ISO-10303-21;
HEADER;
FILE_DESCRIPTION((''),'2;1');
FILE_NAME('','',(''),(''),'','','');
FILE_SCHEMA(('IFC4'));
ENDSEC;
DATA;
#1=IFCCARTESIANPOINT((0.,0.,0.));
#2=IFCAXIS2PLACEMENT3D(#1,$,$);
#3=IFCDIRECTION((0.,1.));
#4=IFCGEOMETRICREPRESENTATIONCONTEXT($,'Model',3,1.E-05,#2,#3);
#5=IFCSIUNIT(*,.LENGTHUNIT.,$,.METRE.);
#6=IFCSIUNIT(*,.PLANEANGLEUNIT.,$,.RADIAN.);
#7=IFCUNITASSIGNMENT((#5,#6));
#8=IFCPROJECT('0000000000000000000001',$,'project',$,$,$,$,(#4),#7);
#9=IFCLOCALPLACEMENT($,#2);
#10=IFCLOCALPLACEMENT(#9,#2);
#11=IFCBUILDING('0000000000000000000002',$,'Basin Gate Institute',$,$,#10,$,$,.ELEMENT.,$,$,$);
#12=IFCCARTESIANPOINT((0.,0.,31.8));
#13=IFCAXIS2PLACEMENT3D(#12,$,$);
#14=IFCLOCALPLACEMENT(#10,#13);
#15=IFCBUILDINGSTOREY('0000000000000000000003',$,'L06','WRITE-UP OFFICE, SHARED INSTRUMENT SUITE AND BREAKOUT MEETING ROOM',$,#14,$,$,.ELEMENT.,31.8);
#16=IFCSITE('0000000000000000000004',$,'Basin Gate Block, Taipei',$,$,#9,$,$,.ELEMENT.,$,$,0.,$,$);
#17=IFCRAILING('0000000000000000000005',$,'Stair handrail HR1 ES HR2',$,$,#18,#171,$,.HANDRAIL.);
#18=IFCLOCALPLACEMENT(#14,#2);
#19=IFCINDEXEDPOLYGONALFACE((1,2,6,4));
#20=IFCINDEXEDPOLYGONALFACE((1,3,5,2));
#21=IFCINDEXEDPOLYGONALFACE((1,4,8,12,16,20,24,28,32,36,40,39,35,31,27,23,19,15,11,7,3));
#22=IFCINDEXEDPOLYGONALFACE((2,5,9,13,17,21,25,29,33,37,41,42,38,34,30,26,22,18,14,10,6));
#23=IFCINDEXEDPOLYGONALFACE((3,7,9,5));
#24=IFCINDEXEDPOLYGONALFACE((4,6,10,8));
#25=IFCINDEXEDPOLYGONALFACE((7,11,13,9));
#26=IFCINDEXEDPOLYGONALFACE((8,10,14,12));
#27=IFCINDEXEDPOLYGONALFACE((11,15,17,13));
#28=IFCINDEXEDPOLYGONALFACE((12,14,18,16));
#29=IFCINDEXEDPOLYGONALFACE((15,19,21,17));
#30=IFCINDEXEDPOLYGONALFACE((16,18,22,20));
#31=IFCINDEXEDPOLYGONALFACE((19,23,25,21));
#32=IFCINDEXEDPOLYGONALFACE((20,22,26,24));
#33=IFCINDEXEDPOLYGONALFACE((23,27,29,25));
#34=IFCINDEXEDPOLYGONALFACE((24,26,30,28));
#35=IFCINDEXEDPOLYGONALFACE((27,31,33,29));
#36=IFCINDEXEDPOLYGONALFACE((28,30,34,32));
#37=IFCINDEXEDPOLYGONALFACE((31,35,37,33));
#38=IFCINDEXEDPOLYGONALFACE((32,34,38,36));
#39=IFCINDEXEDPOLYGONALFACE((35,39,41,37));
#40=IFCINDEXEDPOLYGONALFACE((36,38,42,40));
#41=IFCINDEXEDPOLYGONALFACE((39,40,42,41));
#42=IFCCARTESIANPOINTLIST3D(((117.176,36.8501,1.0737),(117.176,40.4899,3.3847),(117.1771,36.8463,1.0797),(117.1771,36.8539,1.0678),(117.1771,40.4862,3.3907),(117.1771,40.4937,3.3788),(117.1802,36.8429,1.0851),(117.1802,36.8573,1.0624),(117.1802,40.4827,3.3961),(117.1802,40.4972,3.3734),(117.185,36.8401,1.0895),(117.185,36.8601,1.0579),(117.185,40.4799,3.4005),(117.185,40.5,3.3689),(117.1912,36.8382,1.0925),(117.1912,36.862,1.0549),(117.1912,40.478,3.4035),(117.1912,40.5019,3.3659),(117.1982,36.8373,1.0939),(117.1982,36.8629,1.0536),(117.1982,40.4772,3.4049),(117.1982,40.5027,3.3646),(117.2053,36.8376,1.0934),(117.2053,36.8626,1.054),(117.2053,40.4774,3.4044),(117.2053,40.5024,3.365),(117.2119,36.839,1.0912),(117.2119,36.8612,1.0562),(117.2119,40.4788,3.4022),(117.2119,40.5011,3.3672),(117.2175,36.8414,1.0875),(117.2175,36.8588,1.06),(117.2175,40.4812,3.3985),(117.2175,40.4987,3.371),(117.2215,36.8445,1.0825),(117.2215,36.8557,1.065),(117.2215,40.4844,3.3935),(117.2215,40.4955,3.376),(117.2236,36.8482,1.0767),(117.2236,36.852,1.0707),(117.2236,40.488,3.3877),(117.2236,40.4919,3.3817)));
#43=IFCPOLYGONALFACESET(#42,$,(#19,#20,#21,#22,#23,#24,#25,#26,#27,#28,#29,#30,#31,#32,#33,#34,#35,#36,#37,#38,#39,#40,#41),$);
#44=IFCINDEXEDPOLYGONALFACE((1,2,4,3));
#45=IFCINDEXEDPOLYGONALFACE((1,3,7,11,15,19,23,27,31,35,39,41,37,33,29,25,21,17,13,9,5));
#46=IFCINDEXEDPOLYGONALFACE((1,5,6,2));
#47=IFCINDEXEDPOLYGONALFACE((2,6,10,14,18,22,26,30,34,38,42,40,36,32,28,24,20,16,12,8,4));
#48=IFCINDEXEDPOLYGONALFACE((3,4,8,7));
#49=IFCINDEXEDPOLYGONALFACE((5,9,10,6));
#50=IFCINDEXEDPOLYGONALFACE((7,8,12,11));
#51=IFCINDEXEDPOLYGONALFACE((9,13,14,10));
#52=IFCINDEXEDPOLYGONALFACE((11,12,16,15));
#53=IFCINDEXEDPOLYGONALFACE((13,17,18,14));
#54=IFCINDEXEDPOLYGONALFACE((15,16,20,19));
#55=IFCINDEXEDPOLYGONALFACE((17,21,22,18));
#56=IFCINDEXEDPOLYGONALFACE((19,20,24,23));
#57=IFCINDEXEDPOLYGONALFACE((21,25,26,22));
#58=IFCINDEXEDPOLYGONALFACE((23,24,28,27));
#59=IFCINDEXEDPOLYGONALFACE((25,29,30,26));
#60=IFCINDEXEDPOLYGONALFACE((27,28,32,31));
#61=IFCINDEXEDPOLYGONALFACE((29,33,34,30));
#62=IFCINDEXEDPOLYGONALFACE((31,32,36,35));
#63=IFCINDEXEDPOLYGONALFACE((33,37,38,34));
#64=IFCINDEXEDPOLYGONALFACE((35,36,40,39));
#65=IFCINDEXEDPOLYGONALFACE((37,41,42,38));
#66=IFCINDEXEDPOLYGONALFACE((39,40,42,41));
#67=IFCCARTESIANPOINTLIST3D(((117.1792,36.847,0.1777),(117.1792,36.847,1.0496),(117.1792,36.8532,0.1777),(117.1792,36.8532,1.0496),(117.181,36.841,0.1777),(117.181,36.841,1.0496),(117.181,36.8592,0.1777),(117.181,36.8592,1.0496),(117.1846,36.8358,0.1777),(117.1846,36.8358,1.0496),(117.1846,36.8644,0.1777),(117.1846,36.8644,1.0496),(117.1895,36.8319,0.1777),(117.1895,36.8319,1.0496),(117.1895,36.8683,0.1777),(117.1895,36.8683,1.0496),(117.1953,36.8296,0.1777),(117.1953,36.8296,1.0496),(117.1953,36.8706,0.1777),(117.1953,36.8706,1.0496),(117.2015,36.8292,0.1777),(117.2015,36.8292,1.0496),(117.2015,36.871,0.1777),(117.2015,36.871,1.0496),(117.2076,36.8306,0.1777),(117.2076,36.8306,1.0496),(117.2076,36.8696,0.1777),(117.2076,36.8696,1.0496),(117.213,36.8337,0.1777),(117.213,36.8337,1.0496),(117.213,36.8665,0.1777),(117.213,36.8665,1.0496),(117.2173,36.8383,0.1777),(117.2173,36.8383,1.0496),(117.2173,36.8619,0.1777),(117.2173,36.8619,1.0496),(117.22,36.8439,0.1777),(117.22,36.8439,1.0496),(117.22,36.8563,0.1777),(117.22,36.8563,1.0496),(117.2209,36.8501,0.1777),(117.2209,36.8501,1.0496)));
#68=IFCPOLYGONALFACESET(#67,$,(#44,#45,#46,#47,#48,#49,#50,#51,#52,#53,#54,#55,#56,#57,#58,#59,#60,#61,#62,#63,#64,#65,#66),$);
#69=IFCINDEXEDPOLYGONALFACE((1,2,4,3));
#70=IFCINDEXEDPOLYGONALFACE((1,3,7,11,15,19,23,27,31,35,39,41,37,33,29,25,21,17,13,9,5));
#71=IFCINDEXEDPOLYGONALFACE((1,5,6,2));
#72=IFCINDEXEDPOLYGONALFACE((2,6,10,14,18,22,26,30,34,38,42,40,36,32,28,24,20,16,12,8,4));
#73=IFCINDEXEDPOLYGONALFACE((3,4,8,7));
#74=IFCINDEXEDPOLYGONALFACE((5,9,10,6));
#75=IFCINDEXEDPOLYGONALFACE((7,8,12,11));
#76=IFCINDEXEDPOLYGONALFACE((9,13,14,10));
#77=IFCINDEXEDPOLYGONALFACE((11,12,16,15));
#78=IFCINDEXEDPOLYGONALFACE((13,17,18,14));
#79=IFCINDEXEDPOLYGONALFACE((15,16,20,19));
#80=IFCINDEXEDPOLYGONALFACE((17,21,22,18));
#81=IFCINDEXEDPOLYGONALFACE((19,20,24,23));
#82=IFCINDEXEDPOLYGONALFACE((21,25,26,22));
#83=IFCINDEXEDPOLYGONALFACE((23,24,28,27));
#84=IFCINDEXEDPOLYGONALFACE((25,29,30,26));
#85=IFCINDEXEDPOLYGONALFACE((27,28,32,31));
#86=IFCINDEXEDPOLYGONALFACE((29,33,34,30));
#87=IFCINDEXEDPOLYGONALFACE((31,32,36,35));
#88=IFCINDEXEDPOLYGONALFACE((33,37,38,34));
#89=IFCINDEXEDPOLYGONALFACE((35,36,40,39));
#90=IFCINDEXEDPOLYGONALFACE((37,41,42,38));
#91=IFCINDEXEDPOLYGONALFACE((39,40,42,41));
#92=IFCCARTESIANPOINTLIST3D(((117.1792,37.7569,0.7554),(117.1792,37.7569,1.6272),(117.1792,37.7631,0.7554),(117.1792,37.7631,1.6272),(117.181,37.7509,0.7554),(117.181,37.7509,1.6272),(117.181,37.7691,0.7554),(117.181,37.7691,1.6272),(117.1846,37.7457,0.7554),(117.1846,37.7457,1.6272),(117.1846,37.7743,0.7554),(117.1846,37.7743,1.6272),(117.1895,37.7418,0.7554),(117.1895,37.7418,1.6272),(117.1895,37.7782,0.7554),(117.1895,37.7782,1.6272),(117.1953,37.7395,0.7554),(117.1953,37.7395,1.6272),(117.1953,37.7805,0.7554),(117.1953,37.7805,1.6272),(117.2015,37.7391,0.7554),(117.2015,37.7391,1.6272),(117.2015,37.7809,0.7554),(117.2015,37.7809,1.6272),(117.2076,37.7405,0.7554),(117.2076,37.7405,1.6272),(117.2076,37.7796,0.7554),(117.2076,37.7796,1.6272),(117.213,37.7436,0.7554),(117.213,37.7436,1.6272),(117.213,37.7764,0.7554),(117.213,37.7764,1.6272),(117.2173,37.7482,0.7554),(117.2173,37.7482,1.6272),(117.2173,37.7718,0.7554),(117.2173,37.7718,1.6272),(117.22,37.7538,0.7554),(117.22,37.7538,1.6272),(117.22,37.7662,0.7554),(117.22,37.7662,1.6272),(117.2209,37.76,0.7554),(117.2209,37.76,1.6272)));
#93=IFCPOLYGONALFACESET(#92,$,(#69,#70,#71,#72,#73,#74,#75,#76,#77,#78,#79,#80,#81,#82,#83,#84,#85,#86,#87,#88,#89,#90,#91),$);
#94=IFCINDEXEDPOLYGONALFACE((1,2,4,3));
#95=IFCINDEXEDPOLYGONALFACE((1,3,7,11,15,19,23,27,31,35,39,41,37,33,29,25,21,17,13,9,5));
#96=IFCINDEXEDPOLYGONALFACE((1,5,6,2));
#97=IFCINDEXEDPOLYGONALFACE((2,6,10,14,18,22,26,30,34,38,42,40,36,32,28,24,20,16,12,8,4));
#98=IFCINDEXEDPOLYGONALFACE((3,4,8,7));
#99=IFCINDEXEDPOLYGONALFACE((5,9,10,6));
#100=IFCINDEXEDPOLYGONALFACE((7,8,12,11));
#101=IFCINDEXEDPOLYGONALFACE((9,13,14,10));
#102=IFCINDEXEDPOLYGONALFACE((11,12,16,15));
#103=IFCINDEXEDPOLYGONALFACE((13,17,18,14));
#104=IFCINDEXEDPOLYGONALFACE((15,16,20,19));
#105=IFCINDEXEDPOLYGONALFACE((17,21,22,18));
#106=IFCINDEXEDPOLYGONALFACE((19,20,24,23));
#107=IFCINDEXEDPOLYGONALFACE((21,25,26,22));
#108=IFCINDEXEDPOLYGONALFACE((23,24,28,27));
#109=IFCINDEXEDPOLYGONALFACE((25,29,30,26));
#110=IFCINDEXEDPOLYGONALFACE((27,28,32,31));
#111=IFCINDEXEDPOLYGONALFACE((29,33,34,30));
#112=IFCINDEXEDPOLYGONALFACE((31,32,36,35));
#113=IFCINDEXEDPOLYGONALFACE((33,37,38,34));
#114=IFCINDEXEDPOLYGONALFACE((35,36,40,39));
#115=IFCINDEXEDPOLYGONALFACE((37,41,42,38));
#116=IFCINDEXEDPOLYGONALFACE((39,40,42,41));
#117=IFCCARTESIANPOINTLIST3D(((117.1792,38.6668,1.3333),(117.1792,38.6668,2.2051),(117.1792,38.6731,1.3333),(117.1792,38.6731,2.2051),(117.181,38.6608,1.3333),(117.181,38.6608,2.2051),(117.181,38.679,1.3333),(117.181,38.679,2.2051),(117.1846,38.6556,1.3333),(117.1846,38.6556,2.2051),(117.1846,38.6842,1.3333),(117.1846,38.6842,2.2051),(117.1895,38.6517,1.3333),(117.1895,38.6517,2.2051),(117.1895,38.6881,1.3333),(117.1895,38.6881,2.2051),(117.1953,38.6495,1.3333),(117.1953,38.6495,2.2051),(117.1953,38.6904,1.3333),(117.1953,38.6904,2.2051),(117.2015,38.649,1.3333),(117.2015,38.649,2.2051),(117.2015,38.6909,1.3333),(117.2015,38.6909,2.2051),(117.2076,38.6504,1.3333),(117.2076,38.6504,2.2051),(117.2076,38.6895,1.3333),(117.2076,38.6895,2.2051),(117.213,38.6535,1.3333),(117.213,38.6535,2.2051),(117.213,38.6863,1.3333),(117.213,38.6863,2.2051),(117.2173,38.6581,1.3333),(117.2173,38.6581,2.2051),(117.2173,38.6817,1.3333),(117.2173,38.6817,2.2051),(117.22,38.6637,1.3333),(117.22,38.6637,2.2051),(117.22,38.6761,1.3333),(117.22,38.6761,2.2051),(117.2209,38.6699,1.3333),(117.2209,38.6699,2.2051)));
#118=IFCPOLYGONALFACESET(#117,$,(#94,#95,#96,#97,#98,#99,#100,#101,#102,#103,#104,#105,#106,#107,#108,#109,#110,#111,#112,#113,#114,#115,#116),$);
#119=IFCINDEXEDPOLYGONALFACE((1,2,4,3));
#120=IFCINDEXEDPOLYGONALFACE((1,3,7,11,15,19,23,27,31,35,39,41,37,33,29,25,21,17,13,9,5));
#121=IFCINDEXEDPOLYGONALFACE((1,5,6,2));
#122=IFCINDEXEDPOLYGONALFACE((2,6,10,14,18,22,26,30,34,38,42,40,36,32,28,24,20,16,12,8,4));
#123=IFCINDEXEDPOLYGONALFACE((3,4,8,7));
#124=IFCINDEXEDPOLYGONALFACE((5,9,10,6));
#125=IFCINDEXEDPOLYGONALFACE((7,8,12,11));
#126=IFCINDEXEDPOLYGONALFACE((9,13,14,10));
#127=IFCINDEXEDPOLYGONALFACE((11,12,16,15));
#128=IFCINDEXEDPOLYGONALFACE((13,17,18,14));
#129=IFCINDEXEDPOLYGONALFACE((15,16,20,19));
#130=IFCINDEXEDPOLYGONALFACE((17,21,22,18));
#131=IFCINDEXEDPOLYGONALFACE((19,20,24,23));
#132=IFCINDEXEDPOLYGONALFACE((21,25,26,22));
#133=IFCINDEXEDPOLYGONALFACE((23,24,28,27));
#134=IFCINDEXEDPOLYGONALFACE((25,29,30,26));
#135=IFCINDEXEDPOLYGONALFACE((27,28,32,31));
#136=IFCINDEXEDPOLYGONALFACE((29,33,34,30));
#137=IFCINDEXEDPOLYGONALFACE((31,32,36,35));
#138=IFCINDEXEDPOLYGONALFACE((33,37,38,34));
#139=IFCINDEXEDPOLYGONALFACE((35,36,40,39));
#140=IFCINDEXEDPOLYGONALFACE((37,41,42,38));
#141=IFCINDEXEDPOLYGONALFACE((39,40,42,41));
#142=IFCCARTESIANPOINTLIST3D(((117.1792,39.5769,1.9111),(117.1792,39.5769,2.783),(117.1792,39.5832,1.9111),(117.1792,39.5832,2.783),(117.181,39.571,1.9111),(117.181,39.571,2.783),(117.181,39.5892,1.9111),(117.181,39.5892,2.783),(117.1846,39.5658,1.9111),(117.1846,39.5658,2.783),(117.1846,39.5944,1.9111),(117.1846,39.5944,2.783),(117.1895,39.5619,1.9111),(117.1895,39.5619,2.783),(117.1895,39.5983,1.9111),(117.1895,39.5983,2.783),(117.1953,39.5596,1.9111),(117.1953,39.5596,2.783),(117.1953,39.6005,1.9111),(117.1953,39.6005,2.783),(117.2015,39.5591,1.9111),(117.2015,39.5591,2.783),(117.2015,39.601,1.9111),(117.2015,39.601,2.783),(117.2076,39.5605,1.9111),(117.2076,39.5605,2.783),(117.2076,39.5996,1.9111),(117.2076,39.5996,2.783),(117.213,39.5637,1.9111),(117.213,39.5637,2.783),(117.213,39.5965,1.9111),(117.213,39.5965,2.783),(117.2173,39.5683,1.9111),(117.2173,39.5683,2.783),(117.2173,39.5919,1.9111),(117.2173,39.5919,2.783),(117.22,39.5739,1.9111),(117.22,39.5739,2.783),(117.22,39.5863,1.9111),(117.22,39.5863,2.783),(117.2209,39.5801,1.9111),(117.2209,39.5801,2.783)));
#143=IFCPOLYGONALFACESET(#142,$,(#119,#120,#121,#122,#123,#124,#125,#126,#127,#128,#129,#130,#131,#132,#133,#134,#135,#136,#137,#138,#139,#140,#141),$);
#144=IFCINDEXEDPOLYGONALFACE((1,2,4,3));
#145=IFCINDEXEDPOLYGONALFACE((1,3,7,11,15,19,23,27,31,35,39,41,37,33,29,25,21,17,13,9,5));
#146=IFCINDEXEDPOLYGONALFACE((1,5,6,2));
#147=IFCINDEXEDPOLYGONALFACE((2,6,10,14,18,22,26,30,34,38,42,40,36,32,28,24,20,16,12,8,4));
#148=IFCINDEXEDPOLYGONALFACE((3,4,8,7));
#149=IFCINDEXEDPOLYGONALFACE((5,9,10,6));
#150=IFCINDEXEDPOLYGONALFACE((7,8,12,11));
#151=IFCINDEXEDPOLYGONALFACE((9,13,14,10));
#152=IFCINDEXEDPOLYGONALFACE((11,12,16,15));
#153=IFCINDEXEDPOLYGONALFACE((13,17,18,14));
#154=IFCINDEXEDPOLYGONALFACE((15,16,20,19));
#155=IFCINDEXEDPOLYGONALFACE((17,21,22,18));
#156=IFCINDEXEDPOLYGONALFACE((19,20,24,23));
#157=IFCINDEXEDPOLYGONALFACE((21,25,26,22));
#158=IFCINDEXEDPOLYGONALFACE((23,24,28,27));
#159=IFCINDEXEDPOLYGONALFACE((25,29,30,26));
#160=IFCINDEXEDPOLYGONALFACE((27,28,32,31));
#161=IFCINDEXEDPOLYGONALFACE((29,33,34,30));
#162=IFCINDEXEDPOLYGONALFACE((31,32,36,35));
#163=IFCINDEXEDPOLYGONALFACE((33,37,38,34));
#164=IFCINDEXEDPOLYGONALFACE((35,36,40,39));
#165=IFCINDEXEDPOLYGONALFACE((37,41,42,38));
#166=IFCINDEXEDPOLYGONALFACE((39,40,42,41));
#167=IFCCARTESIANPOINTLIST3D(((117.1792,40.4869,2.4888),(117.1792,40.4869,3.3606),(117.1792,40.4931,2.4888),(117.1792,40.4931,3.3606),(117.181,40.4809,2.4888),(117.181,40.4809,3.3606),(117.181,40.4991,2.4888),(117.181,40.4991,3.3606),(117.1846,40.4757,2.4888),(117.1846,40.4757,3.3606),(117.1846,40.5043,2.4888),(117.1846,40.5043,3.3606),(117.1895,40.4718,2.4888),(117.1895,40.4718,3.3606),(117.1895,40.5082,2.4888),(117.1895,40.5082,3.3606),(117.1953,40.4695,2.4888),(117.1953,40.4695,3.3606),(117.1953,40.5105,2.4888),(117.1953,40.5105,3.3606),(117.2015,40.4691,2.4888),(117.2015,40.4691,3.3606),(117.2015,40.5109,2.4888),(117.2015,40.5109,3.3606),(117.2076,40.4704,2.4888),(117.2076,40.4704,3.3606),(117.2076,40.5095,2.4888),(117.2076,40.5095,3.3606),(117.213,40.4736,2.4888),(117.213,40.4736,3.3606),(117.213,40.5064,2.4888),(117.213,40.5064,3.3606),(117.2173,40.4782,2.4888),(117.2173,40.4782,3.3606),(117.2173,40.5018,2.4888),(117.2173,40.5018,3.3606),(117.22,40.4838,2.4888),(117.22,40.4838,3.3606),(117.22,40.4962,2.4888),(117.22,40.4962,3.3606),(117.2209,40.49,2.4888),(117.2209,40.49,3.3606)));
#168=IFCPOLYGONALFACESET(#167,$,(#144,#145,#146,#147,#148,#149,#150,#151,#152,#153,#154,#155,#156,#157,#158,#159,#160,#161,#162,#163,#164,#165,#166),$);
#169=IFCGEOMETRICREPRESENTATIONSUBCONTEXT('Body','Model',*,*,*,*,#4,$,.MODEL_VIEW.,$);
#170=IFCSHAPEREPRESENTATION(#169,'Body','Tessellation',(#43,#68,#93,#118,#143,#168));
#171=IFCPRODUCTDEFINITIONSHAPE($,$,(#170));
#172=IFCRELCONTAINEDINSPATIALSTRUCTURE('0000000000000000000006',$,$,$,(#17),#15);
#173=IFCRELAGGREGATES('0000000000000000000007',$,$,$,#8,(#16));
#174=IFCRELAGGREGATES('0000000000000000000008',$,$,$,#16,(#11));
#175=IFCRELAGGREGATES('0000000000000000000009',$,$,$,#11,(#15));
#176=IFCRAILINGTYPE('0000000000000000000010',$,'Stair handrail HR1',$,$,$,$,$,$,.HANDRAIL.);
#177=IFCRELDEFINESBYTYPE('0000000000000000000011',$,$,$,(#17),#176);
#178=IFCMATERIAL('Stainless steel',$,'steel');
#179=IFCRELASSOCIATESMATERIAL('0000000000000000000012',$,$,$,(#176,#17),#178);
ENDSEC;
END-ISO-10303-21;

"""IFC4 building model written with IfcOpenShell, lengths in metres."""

from ifc_helpers import new_model, si_unit, direction, frame, origin, origin_2d, place, context, subcontext, project, spatial, circle, extrude, material, type_object, element, save


model = new_model("IFC4")

# Units and contexts
model_context = context("Model", 3, precision=1e-05, world=origin(), true_north=direction((0.0, 1.0)))
body_context = subcontext(model_context, "Body", "Model", "MODEL_VIEW")
ifc_project = project(units=[si_unit("LENGTHUNIT", "METRE"), si_unit("PLANEANGLEUNIT", "RADIAN")], contexts=[model_context])

# Site, building, storey
site_placement = place(None, origin())
site = spatial("IfcSite", under=ifc_project, at=site_placement, Name="Basin Gate Block, Taipei", CompositionType="ELEMENT", RefElevation=0.0)
building_placement = place(site_placement, origin())
building = spatial("IfcBuilding", under=site, at=building_placement, Name="Basin Gate Institute", CompositionType="ELEMENT")
storey_placement = place(building_placement, frame((0.0, 0.0, 31.8)))
storey = spatial("IfcBuildingStorey", under=building, at=storey_placement, Name="L06", Description="WRITE-UP OFFICE, SHARED INSTRUMENT SUITE AND BREAKOUT MEETING ROOM", CompositionType="ELEMENT", Elevation=31.8)

# Railing
ifc_material_1 = material(Name="Stainless steel", Category="steel")
railing_type_1 = type_object("IfcRailingType", Name="Stair handrail HR1", PredefinedType="HANDRAIL", material=ifc_material_1)
railing_1_placement = place(storey_placement, frame((117.2, 36.8501, 0.1777)))
element("IfcRailing", 1, at=railing_1_placement, inside=storey, type_object=railing_type_1, material=ifc_material_1, Name="Stair handrail HR1 ES HR2", PredefinedType="HANDRAIL", context=body_context, shape_type="SweptSolid", body=[
    extrude(circle(Radius=0.0239, at=origin_2d()), frame((0.0, 0.0, 0.896), z_axis=(0.0, 0.844214, 0.536007), x_axis=(-1.0, 0.0, 0.0)), (0.0, 0.0, 1.0), 4.3115),
    extrude(circle(Radius=0.021, at=origin_2d()), origin(), (0.0, 0.0, 1.0), 0.8718),
    extrude(circle(Radius=0.021, at=origin_2d()), frame((0.0, 0.9099, 0.5776)), (0.0, 0.0, 1.0), 0.8718),
    extrude(circle(Radius=0.021, at=origin_2d()), frame((0.0, 1.8198, 1.1555)), (0.0, 0.0, 1.0), 0.8718),
    extrude(circle(Radius=0.021, at=origin_2d()), frame((0.0, 2.73, 1.7334)), (0.0, 0.0, 1.0), 0.8718),
    extrude(circle(Radius=0.021, at=origin_2d()), frame((0.0, 3.6399, 2.311)), (0.0, 0.0, 1.0), 0.8718),
])

save(model, "model.ifc")
